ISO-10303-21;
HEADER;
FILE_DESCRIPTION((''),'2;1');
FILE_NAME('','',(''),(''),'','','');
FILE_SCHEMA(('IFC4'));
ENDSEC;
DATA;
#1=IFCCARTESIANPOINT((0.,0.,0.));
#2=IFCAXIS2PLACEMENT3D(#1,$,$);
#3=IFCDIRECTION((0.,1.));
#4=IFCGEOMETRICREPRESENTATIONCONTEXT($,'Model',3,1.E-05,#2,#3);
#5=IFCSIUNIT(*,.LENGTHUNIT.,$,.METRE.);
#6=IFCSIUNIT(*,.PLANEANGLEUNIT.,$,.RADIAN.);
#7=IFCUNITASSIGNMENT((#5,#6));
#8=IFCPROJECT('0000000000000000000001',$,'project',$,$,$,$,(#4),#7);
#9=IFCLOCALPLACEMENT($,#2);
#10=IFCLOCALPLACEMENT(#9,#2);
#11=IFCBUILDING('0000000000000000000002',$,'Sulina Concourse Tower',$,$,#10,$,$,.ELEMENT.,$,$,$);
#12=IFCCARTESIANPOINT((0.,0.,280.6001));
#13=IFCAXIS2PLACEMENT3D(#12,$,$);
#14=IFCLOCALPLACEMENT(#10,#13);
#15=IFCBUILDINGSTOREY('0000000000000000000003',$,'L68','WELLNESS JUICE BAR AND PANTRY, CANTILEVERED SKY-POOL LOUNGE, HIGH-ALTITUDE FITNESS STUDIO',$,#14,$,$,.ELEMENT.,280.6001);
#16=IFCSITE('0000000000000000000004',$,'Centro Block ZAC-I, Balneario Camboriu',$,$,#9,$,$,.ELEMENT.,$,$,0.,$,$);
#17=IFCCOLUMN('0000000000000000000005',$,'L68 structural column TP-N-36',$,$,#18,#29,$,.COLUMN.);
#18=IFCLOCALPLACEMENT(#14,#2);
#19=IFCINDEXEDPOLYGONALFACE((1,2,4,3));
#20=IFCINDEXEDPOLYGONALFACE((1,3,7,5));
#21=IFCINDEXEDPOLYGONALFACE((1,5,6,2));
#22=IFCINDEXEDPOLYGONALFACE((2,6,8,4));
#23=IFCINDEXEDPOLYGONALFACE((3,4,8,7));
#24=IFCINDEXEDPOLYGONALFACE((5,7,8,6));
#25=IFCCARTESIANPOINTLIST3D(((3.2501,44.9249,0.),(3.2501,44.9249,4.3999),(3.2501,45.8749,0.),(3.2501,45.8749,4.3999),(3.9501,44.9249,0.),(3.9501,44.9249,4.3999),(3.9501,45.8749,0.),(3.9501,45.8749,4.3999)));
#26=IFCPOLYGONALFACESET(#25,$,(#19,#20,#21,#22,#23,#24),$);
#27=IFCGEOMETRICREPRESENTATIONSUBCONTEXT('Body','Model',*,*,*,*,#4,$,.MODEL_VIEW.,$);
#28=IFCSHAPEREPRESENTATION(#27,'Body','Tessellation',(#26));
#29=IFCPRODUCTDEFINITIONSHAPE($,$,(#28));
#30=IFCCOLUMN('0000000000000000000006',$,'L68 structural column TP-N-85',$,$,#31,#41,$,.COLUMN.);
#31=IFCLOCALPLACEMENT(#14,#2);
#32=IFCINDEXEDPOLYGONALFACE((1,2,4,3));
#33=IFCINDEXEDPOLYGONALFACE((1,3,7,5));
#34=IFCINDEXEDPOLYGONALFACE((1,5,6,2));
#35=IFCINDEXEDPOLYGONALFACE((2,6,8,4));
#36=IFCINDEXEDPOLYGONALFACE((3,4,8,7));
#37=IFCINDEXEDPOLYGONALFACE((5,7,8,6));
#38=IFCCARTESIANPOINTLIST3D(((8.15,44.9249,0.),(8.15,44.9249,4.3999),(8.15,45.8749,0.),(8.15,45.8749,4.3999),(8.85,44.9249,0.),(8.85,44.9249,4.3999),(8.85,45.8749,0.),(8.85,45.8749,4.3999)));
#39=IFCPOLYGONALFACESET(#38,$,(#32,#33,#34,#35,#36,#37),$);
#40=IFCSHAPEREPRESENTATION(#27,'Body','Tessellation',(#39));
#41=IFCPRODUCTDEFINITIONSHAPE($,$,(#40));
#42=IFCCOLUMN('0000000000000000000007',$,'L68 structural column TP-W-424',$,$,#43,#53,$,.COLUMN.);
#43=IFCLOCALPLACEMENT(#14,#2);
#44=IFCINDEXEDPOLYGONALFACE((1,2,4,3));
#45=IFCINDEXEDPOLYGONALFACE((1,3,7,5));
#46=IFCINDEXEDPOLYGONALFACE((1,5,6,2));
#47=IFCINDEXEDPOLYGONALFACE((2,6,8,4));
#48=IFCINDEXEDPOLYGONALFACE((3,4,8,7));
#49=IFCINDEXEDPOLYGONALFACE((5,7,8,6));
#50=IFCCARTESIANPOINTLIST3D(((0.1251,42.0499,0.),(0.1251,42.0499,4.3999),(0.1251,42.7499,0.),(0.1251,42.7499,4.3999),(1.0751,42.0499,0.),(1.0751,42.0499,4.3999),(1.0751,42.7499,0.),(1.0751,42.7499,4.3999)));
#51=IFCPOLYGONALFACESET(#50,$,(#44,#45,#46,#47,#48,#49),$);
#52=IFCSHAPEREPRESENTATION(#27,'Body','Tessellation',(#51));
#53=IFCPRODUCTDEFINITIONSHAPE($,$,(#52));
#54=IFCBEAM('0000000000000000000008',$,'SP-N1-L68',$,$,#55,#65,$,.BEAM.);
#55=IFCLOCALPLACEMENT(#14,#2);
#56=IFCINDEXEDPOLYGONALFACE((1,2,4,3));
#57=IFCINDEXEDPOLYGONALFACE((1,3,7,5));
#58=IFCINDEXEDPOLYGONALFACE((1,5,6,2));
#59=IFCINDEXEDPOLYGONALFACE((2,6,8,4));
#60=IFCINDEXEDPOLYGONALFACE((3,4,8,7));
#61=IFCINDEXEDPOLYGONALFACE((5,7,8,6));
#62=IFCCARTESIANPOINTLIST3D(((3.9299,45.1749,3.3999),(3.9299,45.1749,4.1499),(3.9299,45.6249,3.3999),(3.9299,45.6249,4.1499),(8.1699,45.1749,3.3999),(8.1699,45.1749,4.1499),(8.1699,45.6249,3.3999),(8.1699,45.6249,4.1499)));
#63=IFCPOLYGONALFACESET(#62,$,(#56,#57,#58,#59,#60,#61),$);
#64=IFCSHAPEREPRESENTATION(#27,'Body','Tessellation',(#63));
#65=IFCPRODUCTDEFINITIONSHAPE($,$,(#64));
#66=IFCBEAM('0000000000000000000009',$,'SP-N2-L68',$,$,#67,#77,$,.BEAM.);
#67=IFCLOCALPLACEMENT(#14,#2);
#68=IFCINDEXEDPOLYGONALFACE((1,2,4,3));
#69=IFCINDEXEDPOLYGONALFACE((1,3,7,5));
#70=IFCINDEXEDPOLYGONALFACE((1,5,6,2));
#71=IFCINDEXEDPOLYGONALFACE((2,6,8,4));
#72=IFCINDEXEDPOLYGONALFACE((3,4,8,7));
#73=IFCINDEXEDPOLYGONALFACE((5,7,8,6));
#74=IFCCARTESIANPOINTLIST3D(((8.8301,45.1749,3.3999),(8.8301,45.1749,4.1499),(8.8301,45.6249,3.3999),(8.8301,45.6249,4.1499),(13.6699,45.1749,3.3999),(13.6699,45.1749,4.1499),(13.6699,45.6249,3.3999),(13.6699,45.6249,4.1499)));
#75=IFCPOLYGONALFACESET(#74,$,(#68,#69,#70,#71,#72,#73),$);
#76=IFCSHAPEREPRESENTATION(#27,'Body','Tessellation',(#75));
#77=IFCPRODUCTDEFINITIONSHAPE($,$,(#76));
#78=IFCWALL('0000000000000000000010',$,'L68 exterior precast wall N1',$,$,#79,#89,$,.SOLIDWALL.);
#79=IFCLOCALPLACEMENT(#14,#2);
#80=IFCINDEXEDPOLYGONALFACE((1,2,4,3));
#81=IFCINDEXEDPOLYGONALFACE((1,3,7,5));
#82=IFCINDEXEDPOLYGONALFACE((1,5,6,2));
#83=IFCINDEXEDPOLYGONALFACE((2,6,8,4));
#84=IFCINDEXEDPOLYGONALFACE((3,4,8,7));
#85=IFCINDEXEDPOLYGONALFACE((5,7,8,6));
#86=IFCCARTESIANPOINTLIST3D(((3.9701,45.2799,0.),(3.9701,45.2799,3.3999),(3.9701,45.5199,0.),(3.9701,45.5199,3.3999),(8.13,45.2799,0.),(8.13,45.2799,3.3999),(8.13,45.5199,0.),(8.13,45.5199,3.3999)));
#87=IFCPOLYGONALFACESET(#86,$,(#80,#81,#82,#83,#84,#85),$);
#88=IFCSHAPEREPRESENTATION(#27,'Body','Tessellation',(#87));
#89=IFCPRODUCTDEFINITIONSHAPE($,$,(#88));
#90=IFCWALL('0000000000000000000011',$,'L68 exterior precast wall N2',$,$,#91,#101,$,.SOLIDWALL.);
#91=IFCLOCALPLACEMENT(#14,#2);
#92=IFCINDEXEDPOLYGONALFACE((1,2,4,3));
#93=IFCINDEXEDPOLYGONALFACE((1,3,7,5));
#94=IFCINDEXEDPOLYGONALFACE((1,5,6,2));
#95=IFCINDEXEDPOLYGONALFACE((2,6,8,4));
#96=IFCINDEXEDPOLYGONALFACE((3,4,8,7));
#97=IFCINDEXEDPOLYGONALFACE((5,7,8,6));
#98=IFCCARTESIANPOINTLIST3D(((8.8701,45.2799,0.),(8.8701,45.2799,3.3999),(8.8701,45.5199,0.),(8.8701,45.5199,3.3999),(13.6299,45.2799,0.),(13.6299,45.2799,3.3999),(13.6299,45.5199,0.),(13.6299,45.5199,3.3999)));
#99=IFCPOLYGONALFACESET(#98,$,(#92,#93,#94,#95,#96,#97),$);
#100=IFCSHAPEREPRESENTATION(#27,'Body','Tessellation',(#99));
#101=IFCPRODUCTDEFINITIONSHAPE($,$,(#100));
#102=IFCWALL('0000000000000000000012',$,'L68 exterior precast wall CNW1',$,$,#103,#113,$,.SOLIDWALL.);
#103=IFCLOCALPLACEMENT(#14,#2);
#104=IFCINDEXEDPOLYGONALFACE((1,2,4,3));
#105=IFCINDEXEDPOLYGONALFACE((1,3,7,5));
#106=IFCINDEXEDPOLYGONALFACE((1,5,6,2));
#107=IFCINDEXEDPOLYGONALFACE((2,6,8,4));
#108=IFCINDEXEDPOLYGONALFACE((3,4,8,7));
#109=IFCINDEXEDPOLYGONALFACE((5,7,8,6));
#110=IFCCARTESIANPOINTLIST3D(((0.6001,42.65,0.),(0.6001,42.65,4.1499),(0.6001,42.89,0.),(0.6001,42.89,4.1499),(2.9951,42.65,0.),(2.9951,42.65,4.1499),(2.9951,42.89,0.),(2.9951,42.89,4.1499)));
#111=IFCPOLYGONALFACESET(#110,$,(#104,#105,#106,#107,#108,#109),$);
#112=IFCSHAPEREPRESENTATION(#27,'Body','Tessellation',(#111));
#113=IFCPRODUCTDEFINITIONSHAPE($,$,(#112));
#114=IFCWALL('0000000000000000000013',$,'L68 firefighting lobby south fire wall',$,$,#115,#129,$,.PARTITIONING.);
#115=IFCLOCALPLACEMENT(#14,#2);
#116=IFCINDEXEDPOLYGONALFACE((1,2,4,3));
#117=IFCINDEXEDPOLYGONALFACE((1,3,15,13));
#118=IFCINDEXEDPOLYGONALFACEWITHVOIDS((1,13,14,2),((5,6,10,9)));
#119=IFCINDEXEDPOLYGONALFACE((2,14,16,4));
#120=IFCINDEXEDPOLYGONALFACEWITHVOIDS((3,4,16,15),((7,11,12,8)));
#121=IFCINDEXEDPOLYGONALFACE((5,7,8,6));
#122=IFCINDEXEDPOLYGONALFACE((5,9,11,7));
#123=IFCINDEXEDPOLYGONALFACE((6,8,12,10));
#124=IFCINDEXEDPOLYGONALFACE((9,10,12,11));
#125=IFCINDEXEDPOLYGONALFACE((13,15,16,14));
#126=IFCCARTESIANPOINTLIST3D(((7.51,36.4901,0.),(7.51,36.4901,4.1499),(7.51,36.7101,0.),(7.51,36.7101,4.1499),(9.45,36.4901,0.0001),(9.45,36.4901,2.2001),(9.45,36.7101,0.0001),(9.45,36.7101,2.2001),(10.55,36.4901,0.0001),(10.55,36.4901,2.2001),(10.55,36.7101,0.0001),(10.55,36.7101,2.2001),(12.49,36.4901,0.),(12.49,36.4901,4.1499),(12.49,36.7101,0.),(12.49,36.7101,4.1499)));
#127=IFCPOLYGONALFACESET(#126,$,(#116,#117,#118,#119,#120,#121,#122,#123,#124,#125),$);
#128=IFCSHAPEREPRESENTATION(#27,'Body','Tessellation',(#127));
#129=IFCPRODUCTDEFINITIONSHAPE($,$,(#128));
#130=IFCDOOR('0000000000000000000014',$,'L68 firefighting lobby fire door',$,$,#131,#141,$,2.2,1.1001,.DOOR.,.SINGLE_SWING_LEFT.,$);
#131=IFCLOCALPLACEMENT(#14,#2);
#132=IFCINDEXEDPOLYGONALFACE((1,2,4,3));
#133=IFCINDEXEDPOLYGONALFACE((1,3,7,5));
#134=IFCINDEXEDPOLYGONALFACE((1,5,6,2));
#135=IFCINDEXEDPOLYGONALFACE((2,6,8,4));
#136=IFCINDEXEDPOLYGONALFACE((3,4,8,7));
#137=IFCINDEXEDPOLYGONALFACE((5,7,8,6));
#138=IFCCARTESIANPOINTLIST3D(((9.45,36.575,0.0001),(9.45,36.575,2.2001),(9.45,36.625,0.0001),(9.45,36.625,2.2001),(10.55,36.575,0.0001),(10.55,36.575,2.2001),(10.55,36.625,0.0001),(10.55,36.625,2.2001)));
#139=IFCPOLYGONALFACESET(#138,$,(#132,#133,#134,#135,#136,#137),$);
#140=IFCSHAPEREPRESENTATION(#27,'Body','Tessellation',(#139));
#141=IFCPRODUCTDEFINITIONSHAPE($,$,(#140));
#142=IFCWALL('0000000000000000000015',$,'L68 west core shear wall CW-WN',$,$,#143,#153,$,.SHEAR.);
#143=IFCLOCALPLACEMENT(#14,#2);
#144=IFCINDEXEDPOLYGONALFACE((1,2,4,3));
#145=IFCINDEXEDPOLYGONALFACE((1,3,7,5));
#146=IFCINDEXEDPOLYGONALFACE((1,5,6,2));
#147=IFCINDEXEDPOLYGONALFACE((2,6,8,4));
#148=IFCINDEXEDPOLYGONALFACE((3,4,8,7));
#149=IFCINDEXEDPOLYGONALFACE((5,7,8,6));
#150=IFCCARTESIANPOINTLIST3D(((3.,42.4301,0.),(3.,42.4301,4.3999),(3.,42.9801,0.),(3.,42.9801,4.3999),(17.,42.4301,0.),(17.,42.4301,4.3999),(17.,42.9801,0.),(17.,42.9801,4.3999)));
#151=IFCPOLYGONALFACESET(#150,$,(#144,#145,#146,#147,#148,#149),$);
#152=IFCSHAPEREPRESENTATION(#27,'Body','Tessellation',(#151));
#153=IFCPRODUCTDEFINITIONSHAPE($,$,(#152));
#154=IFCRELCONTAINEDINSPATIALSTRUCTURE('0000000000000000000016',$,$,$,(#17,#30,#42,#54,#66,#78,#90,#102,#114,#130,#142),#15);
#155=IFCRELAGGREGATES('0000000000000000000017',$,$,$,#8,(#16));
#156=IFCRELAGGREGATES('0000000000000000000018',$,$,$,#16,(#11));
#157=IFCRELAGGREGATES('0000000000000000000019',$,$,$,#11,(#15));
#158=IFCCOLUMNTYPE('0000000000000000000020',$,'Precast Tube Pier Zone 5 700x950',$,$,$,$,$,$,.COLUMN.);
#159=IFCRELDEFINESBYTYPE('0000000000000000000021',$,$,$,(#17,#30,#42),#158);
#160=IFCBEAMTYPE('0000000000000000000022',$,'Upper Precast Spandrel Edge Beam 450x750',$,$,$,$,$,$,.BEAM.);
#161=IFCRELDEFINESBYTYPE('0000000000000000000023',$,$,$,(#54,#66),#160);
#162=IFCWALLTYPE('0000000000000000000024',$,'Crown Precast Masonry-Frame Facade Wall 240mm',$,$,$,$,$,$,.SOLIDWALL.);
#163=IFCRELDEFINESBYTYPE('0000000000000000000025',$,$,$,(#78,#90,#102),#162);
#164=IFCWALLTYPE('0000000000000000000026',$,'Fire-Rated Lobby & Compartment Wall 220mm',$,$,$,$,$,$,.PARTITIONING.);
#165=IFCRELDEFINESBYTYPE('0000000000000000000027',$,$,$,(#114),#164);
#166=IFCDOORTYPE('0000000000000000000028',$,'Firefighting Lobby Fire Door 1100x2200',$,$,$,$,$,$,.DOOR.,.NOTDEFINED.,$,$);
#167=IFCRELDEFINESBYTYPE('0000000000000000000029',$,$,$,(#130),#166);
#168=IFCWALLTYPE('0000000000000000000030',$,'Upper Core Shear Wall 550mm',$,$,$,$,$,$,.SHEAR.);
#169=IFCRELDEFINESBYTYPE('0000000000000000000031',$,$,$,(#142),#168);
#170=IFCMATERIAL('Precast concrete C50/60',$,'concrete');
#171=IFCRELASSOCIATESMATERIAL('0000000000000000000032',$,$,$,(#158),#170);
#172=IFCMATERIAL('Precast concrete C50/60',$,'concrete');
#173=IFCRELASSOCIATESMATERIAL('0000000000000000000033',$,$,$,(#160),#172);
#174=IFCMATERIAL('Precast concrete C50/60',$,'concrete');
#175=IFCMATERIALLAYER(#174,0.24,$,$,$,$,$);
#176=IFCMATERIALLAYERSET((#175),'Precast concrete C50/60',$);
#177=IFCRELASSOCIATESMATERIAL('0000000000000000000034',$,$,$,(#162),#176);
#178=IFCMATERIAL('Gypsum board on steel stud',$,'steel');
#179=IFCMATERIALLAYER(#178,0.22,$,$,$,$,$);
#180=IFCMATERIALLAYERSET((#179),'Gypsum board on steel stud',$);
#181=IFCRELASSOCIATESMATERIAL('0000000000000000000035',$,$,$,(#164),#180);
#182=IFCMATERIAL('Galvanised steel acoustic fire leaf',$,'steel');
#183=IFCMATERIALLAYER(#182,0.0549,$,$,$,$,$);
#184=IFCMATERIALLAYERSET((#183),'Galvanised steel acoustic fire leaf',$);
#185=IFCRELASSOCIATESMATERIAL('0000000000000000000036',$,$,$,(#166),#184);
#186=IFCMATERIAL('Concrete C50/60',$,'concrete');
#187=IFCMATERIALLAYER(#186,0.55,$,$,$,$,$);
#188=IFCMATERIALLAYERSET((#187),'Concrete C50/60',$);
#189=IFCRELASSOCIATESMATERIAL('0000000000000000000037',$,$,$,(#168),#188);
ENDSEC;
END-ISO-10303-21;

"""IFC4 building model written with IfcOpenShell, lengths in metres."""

from ifc_helpers import new_model, si_unit, direction, frame, frame_2d, origin, origin_2d, place, context, subcontext, project, spatial, rectangle, extrude, material, layer, layer_set, material_profile, profile_set, type_object, element, fill, save


model = new_model("IFC4")

# Units and contexts
model_context = context("Model", 3, precision=1e-05, world=origin(), true_north=direction((0.0, 1.0)))
body_context = subcontext(model_context, "Body", "Model", "MODEL_VIEW")
ifc_project = project(units=[si_unit("LENGTHUNIT", "METRE"), si_unit("PLANEANGLEUNIT", "RADIAN")], contexts=[model_context])

# Site, building, storey
site_placement = place(None, origin())
site = spatial("IfcSite", under=ifc_project, at=site_placement, Name="Centro Block ZAC-I, Balneario Camboriu", CompositionType="ELEMENT", RefElevation=0.0)
building_placement = place(site_placement, origin())
building = spatial("IfcBuilding", under=site, at=building_placement, Name="Sulina Concourse Tower", CompositionType="ELEMENT")
storey_placement = place(building_placement, frame((0.0, 0.0, 280.6001)))
storey = spatial("IfcBuildingStorey", under=building, at=storey_placement, Name="L68", Description="WELLNESS JUICE BAR AND PANTRY, CANTILEVERED SKY-POOL LOUNGE, HIGH-ALTITUDE FITNESS STUDIO", CompositionType="ELEMENT", Elevation=280.6001)

# Columns
ifc_material_1 = material(Name="Precast concrete C50/60", Category="concrete")
ifc_material_profile_1 = material_profile(ifc_material_1, rectangle(XDim=0.7, YDim=0.95, at=origin_2d()), Name="PC 700x950")
ifc_profile_set_1 = profile_set([ifc_material_profile_1], Name="Precast concrete C50/60")
column_type = type_object("IfcColumnType", Name="Precast Tube Pier Zone 5 700x950", PredefinedType="COLUMN", material=ifc_profile_set_1)
for number, where, z_axis, x_axis, name in (
    (1, (3.6001, 45.3999, 0.0), (0.0, 0.0, 1.0), (1.0, 0.0, 0.0), "L68 structural column TP-N-36"),
    (2, (8.5, 45.3999, 0.0), (0.0, 0.0, 1.0), (1.0, 0.0, 0.0), "L68 structural column TP-N-85"),
    (3, (0.6001, 42.3999, 0.0), (0.0, 0.0, 1.0), (0.0, 1.0, 0.0), "L68 structural column TP-W-424"),
):
    element("IfcColumn", number, at=place(storey_placement, frame(where, z_axis=z_axis, x_axis=x_axis)), inside=storey, type_object=column_type, Name=name, PredefinedType="COLUMN", context=body_context, shape_type="SweptSolid", body=[
        extrude(rectangle(XDim=0.7, YDim=0.95, at=origin_2d()), origin(), (0.0, 0.0, 1.0), 4.3999),
    ])

# Beams
ifc_material_2 = material(Name="Precast concrete C50/60", Category="concrete")
ifc_material_profile_2 = material_profile(ifc_material_2, rectangle(XDim=0.45, YDim=0.75, at=origin_2d()), Name="RC 450x750")
ifc_profile_set_2 = profile_set([ifc_material_profile_2], Name="Precast concrete C50/60")
beam_type = type_object("IfcBeamType", Name="Upper Precast Spandrel Edge Beam 450x750", PredefinedType="BEAM", material=ifc_profile_set_2)
beam_1_placement = place(storey_placement, frame((3.9299, 45.3999, 3.7749), z_axis=(1.0, 0.0, 0.0), x_axis=(0.0, 1.0, 0.0)))
element("IfcBeam", 4, at=beam_1_placement, inside=storey, type_object=beam_type, Name="SP-N1-L68", PredefinedType="BEAM", context=body_context, shape_type="SweptSolid", body=[
    extrude(rectangle(XDim=0.45, YDim=0.75, at=origin_2d()), origin(), (0.0, 0.0, 1.0), 4.24),
])
beam_2_placement = place(storey_placement, frame((8.8301, 45.3999, 3.7749), z_axis=(1.0, 0.0, 0.0), x_axis=(0.0, 1.0, 0.0)))
element("IfcBeam", 5, at=beam_2_placement, inside=storey, type_object=beam_type, Name="SP-N2-L68", PredefinedType="BEAM", context=body_context, shape_type="SweptSolid", body=[
    extrude(rectangle(XDim=0.45, YDim=0.75, at=origin_2d()), origin(), (0.0, 0.0, 1.0), 4.8398),
])

# Walls
ifc_material_3 = material(Name="Precast concrete C50/60", Category="concrete")
ifc_layer_1 = layer(ifc_material_3, 0.24)
ifc_layer_set_1 = layer_set([ifc_layer_1], Name="Precast concrete C50/60")
wall_type_1 = type_object("IfcWallType", Name="Crown Precast Masonry-Frame Facade Wall 240mm", PredefinedType="SOLIDWALL", material=ifc_layer_set_1)
wall_1_placement = place(storey_placement, frame((3.97, 45.3999, 0.0), z_axis=(0.0, 0.0, 1.0), x_axis=(1.0, 0.0, 0.0)))
element("IfcWall", 6, at=wall_1_placement, inside=storey, type_object=wall_type_1, Name="L68 exterior precast wall N1", PredefinedType="SOLIDWALL", context=body_context, shape_type="SweptSolid", body=[
    extrude(rectangle(XDim=4.1599, YDim=0.24, at=frame_2d((2.0801, 0.0))), origin(), (0.0, 0.0, 1.0), 3.3999),
])
wall_2_placement = place(storey_placement, frame((8.8701, 45.3999, 0.0), z_axis=(0.0, 0.0, 1.0), x_axis=(1.0, 0.0, 0.0)))
element("IfcWall", 7, at=wall_2_placement, inside=storey, type_object=wall_type_1, Name="L68 exterior precast wall N2", PredefinedType="SOLIDWALL", context=body_context, shape_type="SweptSolid", body=[
    extrude(rectangle(XDim=4.7598, YDim=0.24, at=frame_2d((2.3799, 0.0))), origin(), (0.0, 0.0, 1.0), 3.3999),
])
wall_3_placement = place(storey_placement, frame((0.6001, 42.77, 0.0), z_axis=(0.0, 0.0, 1.0), x_axis=(1.0, 0.0, 0.0)))
element("IfcWall", 8, at=wall_3_placement, inside=storey, type_object=wall_type_1, Name="L68 exterior precast wall CNW1", PredefinedType="SOLIDWALL", context=body_context, shape_type="SweptSolid", body=[
    extrude(rectangle(XDim=2.395, YDim=0.24, at=frame_2d((1.1975, 0.0))), origin(), (0.0, 0.0, 1.0), 4.1499),
])

# Wall, opening, door
ifc_material_4 = material(Name="Gypsum board on steel stud", Category="steel")
ifc_layer_2 = layer(ifc_material_4, 0.22)
ifc_layer_set_2 = layer_set([ifc_layer_2], Name="Gypsum board on steel stud")
wall_type_2 = type_object("IfcWallType", Name="Fire-Rated Lobby & Compartment Wall 220mm", PredefinedType="PARTITIONING", material=ifc_layer_set_2)
wall_4_placement = place(storey_placement, frame((7.51, 36.6001, 0.0), z_axis=(0.0, 0.0, 1.0), x_axis=(1.0, 0.0, 0.0)))
wall_4 = element("IfcWall", 9, at=wall_4_placement, inside=storey, type_object=wall_type_2, Name="L68 firefighting lobby south fire wall", PredefinedType="PARTITIONING", context=body_context, shape_type="SweptSolid", body=[
    extrude(rectangle(XDim=4.98, YDim=0.22, at=frame_2d((2.49, 0.0))), origin(), (0.0, 0.0, 1.0), 4.1499),
])
opening_placement = place(wall_4_placement, frame((1.9399, 0.0, 0.0)))
opening = element("IfcOpeningElement", 10, at=opening_placement, cuts=wall_4, PredefinedType="OPENING", context=body_context, shape_type="SweptSolid", body=[
    extrude(rectangle(XDim=1.1001, YDim=2.2, at=frame_2d((0.55, 1.1001))), frame((0.0, 0.1199, 0.0), z_axis=(0.0, -1.0, 0.0), x_axis=(1.0, 0.0, 0.0)), (0.0, 0.0, 1.0), 0.24),
])
ifc_material_5 = material(Name="Galvanised steel acoustic fire leaf", Category="steel")
ifc_layer_3 = layer(ifc_material_5, 0.0549)
ifc_layer_set_3 = layer_set([ifc_layer_3], Name="Galvanised steel acoustic fire leaf")
door_type = type_object("IfcDoorType", Name="Firefighting Lobby Fire Door 1100x2200", OperationType="NOTDEFINED", PredefinedType="DOOR", material=ifc_layer_set_3)
door_placement = place(opening_placement, origin())
door = element("IfcDoor", 11, at=door_placement, inside=storey, type_object=door_type, Name="L68 firefighting lobby fire door", OperationType="SINGLE_SWING_LEFT", OverallHeight=2.2, OverallWidth=1.1001, PredefinedType="DOOR", context=body_context, shape_type="SweptSolid", body=[
    extrude(rectangle(XDim=1.1001, YDim=2.2, at=frame_2d((0.55, 1.1001))), frame((0.0, 0.0249, 0.0), z_axis=(0.0, -1.0, 0.0), x_axis=(1.0, 0.0, 0.0)), (0.0, 0.0, 1.0), 0.05),
])
fill(opening, door)

# Wall
ifc_material_6 = material(Name="Concrete C50/60", Category="concrete")
ifc_layer_4 = layer(ifc_material_6, 0.55)
ifc_layer_set_4 = layer_set([ifc_layer_4], Name="Concrete C50/60")
wall_type_3 = type_object("IfcWallType", Name="Upper Core Shear Wall 550mm", PredefinedType="SHEAR", material=ifc_layer_set_4)
wall_5_placement = place(storey_placement, frame((3.0, 42.7051, 0.0), z_axis=(0.0, 0.0, 1.0), x_axis=(1.0, 0.0, 0.0)))
element("IfcWall", 12, at=wall_5_placement, inside=storey, type_object=wall_type_3, Name="L68 west core shear wall CW-WN", PredefinedType="SHEAR", context=body_context, shape_type="SweptSolid", body=[
    extrude(rectangle(XDim=14.0, YDim=0.55, at=frame_2d((7.0, 0.0))), origin(), (0.0, 0.0, 1.0), 4.3999),
])

save(model, "model.ifc")
